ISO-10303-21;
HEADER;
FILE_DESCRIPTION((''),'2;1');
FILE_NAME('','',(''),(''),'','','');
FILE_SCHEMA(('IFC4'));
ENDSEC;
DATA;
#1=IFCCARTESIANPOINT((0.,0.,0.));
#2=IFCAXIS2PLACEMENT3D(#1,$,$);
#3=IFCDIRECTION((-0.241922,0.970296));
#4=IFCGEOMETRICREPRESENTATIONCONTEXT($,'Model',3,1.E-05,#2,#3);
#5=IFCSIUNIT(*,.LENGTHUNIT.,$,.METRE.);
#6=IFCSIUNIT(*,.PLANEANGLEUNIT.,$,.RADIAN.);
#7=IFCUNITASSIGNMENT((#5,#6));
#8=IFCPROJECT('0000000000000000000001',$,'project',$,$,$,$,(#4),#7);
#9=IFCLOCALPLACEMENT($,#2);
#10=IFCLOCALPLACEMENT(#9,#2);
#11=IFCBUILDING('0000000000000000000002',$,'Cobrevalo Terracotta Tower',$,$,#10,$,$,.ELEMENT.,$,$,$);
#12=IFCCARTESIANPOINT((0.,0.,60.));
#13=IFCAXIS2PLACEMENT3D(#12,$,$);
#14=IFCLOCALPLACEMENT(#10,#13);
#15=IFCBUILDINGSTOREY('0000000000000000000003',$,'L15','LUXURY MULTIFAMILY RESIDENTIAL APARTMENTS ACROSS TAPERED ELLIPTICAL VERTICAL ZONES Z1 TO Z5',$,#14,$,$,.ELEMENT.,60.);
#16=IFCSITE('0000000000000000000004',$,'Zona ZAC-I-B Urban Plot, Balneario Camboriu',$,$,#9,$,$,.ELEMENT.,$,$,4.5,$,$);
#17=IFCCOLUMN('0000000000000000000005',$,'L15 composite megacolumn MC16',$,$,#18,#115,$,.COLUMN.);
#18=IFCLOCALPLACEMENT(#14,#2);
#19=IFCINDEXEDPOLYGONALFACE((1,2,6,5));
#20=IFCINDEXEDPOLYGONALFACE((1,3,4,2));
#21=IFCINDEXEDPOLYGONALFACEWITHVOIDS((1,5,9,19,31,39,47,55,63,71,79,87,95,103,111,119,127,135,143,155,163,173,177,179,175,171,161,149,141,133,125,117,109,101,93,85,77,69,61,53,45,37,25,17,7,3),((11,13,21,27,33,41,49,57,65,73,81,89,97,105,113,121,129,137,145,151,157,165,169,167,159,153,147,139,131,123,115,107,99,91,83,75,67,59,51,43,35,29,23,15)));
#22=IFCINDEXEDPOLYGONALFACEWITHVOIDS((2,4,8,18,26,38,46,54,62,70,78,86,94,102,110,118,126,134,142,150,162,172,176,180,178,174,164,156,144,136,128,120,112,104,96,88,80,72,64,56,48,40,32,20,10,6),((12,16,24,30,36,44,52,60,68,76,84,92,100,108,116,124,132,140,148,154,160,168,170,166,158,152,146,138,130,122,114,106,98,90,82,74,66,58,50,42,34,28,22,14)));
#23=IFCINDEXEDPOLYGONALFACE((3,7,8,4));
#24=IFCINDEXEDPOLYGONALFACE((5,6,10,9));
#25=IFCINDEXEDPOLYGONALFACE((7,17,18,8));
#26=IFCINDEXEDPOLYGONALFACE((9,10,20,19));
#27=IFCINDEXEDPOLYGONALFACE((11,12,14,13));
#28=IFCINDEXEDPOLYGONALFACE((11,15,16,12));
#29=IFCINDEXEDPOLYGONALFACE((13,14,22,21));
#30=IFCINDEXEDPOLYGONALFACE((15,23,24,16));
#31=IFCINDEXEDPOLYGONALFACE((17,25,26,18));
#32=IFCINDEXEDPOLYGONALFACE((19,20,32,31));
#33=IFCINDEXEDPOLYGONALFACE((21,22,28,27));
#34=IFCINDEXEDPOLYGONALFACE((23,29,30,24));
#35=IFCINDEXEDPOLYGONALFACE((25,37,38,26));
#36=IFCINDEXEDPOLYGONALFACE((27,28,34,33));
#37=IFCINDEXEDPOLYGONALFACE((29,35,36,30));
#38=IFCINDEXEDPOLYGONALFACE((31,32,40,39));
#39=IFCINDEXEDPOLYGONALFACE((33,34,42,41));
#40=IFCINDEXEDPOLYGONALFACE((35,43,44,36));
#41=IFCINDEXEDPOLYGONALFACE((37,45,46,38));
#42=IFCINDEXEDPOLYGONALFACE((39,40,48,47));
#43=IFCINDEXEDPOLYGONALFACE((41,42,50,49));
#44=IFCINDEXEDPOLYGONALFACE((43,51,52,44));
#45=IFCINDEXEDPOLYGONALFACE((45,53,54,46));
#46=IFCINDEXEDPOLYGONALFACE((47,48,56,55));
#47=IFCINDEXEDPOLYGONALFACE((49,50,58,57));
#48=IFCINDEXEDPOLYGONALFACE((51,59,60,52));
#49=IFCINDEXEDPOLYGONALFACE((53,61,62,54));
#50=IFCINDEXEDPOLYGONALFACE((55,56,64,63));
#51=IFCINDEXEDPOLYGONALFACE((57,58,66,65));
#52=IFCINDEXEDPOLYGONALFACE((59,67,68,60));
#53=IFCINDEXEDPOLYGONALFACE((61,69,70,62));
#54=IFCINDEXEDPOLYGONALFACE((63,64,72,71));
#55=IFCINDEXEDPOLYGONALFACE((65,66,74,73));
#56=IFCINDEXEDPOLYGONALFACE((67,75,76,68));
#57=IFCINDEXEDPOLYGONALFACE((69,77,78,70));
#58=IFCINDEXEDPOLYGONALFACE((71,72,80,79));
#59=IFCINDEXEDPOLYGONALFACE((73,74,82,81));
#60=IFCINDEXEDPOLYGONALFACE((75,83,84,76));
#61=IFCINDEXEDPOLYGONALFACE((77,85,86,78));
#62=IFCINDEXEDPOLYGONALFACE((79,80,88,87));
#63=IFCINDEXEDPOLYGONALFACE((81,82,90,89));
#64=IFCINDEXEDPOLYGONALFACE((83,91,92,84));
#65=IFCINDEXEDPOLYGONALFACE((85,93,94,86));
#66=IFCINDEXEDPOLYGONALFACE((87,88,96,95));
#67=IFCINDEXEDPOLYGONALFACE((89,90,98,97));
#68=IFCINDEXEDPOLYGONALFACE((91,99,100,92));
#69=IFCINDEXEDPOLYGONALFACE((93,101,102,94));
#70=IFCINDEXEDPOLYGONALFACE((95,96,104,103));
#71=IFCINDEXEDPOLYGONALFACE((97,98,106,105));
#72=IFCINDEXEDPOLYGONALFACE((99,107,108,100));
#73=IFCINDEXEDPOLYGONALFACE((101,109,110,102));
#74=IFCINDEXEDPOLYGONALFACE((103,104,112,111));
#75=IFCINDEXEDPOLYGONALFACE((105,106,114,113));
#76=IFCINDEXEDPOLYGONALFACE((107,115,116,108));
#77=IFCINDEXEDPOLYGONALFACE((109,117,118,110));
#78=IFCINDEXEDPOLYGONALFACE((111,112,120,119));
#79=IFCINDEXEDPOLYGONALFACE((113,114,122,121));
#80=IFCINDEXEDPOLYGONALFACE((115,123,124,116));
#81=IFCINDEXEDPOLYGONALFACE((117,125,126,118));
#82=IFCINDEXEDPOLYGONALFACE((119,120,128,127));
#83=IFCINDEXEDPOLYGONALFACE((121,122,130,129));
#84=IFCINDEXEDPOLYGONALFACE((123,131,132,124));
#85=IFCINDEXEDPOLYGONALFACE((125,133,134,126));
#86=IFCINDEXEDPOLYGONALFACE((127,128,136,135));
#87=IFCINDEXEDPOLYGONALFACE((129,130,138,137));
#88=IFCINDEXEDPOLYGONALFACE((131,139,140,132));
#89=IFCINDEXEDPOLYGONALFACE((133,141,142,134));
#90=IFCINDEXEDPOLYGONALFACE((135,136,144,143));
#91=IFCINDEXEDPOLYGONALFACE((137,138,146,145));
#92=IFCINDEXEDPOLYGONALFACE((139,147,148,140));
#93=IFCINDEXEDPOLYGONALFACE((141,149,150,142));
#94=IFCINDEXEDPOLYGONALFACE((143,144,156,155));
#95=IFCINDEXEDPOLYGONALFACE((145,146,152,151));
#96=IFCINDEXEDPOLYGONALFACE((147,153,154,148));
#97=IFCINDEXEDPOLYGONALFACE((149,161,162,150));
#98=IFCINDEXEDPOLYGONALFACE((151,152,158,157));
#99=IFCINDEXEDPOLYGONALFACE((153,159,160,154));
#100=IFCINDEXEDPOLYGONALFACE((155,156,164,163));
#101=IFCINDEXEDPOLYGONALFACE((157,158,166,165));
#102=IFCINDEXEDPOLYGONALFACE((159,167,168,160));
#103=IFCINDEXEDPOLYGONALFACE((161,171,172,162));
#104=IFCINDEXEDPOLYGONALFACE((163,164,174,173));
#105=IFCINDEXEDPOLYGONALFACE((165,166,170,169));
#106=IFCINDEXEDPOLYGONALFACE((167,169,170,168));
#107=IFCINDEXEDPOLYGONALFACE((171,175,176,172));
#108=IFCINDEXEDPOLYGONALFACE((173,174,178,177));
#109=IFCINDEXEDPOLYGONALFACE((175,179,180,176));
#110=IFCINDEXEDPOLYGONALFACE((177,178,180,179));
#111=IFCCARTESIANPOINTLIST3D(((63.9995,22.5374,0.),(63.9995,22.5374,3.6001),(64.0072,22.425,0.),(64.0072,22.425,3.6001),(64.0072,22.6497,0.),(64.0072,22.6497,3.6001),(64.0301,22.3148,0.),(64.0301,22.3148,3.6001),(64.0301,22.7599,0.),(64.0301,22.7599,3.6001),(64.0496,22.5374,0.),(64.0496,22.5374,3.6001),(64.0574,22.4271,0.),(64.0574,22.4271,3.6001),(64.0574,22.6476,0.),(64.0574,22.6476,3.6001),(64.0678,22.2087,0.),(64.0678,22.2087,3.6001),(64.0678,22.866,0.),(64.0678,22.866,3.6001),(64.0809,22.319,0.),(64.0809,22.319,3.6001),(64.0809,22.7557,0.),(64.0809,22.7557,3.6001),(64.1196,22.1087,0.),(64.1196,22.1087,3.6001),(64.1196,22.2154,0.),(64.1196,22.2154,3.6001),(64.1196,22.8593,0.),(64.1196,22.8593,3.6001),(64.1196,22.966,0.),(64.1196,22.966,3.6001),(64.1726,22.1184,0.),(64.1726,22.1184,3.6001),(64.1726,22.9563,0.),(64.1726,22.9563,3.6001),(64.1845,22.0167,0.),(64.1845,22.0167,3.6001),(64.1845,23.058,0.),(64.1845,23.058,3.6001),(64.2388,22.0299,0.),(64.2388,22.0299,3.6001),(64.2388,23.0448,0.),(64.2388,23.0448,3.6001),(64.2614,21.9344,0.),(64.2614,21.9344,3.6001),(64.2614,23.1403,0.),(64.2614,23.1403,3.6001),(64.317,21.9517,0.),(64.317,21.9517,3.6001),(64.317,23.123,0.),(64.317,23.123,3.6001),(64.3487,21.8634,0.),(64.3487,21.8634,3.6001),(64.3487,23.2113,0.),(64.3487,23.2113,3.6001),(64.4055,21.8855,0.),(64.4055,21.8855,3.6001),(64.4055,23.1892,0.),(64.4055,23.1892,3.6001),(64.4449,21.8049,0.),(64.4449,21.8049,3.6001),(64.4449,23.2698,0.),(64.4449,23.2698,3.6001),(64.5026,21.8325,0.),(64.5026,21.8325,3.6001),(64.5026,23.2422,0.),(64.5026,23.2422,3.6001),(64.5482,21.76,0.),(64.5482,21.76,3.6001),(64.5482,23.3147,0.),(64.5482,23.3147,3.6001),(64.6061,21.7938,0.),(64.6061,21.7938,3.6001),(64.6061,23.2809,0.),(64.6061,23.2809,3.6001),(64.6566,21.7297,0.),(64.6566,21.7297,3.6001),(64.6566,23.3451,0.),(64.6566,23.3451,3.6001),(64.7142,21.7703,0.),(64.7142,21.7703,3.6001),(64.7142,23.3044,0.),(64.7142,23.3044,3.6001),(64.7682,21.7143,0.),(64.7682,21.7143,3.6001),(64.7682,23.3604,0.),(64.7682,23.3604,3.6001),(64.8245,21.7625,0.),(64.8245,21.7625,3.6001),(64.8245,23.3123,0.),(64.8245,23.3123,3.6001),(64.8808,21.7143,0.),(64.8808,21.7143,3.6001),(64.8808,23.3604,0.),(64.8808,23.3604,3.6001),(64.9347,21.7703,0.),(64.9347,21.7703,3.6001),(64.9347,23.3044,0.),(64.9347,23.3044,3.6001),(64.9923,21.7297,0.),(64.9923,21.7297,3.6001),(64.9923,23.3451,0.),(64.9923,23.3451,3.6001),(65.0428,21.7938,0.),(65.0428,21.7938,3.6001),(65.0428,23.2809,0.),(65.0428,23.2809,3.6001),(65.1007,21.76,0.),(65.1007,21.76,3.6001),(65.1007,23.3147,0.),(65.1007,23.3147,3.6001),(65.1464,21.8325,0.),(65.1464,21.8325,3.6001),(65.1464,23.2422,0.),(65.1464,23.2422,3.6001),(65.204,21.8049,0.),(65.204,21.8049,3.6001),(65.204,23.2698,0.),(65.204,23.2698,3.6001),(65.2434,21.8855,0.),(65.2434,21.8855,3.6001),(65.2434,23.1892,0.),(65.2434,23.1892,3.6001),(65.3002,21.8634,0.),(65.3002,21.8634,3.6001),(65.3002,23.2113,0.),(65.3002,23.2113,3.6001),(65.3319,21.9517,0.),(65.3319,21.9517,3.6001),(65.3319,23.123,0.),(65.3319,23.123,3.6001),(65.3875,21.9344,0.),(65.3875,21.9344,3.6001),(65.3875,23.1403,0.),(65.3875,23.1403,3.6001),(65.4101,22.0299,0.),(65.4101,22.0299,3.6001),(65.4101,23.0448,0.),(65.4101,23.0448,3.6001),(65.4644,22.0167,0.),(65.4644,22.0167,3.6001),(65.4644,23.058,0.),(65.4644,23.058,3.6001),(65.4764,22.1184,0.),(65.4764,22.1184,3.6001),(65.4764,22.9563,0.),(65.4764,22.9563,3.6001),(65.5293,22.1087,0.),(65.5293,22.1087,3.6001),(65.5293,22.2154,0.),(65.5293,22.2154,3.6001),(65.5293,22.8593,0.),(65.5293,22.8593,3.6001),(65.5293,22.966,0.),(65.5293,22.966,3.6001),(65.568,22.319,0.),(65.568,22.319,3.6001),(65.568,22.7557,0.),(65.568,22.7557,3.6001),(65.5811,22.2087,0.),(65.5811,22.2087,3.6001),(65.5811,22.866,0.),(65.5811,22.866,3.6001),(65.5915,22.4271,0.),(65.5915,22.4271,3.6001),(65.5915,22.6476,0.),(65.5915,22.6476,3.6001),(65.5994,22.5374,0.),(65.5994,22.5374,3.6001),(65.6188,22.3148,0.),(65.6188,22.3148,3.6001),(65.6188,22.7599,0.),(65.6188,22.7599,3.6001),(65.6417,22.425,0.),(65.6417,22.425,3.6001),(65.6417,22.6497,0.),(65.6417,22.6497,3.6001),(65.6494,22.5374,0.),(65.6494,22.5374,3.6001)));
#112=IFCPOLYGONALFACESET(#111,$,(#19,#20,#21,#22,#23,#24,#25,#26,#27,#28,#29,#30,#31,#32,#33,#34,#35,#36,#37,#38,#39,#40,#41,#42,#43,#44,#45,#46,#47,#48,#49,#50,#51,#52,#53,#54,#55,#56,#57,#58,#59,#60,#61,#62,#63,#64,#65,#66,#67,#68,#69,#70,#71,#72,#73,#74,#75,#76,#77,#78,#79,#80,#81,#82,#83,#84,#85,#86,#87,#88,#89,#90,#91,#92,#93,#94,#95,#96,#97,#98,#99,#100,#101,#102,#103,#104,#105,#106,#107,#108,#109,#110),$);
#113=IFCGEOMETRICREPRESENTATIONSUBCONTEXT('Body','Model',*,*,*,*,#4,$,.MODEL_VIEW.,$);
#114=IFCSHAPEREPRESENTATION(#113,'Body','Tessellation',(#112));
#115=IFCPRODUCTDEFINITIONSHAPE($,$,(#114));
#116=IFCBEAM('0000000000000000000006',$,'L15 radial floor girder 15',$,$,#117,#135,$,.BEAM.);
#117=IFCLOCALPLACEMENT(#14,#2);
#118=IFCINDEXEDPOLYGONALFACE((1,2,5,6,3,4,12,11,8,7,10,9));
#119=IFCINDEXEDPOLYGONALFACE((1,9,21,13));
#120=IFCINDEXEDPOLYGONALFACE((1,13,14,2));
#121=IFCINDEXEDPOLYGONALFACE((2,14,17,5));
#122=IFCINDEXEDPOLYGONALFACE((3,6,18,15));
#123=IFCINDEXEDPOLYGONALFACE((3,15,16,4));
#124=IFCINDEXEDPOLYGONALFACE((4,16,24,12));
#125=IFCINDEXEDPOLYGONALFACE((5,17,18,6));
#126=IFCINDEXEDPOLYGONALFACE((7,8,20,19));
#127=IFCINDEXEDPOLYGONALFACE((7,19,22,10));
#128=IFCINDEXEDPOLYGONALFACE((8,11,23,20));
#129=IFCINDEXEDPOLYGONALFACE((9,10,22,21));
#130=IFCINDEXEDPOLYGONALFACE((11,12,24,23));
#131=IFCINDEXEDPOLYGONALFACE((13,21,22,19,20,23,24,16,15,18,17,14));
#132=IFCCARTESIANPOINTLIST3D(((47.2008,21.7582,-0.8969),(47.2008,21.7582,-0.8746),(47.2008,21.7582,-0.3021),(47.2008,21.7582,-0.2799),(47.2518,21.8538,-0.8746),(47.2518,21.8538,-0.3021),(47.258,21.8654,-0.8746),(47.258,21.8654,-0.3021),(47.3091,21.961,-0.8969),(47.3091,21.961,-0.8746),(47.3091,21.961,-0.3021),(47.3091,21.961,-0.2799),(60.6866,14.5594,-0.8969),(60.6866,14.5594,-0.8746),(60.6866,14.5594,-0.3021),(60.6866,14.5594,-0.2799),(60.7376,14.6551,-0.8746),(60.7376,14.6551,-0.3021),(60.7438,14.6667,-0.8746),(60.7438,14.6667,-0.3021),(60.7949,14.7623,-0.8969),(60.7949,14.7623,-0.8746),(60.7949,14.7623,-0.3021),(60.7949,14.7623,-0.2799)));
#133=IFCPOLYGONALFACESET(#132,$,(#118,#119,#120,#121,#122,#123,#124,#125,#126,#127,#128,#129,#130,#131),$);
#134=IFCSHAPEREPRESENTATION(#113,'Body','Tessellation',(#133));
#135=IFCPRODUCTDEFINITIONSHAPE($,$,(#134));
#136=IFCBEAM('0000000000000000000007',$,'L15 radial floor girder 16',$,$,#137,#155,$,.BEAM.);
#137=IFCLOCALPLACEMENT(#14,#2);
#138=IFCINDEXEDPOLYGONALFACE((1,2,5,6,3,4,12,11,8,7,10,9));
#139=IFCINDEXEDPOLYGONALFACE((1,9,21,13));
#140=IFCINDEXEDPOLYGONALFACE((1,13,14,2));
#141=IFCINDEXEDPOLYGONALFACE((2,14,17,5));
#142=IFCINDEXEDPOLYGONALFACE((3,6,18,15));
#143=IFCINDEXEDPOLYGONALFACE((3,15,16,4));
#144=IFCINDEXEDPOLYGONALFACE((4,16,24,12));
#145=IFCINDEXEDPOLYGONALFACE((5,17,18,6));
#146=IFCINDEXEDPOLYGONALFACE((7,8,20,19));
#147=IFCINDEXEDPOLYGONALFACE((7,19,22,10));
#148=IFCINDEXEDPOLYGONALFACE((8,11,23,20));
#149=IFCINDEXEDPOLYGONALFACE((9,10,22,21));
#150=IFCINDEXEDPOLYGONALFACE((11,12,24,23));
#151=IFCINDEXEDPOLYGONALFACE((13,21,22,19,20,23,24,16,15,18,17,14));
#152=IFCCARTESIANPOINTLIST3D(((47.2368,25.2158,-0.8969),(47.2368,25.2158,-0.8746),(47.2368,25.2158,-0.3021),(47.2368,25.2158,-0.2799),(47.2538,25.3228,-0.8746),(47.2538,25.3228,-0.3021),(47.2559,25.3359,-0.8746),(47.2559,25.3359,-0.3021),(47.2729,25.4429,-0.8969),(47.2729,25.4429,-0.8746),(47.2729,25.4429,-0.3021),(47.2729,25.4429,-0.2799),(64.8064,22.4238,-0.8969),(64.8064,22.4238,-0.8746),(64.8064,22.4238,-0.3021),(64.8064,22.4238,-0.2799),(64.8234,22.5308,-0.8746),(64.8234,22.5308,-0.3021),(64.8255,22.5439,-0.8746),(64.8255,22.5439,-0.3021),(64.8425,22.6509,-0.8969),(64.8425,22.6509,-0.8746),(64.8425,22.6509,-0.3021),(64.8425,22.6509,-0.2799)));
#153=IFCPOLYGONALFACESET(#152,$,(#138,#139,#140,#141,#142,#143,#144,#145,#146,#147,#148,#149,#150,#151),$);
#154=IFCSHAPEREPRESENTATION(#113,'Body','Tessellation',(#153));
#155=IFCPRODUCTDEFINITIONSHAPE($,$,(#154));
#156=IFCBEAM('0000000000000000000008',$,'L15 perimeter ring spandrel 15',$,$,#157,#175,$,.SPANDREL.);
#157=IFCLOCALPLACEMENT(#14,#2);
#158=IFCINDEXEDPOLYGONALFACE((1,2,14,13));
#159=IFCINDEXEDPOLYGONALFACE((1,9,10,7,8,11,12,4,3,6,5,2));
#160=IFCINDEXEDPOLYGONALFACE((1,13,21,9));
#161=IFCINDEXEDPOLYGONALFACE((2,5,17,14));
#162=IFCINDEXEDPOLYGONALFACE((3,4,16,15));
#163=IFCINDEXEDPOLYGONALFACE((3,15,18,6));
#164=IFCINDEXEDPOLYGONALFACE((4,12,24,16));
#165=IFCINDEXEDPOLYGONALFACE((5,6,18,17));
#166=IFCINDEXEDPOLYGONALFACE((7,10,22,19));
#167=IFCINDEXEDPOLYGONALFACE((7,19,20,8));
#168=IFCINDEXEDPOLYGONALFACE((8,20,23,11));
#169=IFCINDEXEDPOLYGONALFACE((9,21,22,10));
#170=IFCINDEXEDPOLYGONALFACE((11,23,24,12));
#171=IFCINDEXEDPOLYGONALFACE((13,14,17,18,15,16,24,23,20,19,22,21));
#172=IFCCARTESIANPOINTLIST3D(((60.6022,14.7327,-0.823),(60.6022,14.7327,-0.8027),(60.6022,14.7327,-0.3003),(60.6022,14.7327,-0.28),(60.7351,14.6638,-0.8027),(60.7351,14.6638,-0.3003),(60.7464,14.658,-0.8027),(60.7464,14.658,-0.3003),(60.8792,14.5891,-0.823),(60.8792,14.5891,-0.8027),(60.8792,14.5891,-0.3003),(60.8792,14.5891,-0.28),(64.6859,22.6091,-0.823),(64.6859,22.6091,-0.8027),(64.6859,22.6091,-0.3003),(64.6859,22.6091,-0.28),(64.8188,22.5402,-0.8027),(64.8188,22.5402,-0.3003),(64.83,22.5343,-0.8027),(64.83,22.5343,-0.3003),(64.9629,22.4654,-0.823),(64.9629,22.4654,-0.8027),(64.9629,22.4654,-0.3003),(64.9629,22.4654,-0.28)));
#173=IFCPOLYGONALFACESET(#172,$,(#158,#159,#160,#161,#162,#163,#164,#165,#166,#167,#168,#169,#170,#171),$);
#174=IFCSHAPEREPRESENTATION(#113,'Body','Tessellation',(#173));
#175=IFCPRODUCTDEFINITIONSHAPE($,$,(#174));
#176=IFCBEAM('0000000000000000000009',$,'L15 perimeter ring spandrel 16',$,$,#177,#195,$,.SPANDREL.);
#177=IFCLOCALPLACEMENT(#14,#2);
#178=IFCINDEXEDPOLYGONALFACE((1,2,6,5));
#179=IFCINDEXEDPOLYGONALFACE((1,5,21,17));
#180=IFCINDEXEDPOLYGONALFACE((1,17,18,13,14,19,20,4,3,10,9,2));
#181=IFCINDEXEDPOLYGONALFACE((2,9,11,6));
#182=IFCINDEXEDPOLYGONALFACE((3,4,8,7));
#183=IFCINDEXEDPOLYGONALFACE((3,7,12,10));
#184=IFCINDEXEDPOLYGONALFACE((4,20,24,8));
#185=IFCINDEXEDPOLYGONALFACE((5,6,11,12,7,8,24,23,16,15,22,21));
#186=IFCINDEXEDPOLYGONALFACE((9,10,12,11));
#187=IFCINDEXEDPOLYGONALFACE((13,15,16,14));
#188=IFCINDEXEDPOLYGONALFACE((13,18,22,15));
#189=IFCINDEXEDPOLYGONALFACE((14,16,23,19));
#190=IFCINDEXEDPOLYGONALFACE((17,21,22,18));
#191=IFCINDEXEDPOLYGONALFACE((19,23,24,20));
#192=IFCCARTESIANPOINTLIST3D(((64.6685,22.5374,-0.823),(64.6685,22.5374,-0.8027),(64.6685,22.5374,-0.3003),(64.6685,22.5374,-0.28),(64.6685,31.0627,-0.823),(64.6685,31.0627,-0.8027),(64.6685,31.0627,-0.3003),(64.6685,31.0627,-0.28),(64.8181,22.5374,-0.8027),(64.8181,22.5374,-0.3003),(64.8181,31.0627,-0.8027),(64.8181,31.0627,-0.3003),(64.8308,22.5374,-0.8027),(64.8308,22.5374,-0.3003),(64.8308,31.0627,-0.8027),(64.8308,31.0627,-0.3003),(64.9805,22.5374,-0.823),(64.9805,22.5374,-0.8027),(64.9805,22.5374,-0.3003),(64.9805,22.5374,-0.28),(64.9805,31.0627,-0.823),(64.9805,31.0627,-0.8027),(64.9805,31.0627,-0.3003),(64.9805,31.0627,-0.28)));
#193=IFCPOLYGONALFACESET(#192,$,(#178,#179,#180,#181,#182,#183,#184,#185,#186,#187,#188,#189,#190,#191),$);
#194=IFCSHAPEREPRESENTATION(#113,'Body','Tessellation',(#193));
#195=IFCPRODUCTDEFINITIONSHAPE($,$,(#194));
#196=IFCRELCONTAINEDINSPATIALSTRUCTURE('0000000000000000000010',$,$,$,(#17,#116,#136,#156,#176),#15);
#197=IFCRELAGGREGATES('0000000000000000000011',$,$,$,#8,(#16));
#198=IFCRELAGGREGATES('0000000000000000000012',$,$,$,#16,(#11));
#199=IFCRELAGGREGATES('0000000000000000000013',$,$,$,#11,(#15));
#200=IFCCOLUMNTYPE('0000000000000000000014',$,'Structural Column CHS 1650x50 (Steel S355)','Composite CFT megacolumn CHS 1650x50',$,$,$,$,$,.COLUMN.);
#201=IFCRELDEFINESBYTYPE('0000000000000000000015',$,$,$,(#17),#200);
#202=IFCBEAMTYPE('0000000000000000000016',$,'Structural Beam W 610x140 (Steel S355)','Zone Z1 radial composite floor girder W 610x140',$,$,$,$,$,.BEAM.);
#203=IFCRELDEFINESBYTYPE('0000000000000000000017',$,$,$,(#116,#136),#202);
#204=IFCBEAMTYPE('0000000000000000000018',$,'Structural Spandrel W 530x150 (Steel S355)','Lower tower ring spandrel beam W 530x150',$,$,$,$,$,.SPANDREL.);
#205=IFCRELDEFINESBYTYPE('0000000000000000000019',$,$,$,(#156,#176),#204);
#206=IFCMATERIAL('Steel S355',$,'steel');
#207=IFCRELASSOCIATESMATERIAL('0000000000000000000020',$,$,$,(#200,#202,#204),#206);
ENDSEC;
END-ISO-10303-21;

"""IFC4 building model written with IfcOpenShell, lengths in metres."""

from ifc_helpers import new_model, si_unit, direction, frame, origin, origin_2d, place, context, subcontext, project, spatial, hollow_circle, i_section, extrude, material, material_profile, profile_set, type_object, element, save


model = new_model("IFC4")

# Units and contexts
model_context = context("Model", 3, precision=1e-05, world=origin(), true_north=direction((-0.241922, 0.970296)))
body_context = subcontext(model_context, "Body", "Model", "MODEL_VIEW")
ifc_project = project(units=[si_unit("LENGTHUNIT", "METRE"), si_unit("PLANEANGLEUNIT", "RADIAN")], contexts=[model_context])

# Site, building, storey
site_placement = place(None, origin())
site = spatial("IfcSite", under=ifc_project, at=site_placement, Name="Zona ZAC-I-B Urban Plot, Balneario Camboriu", CompositionType="ELEMENT", RefElevation=4.5)
building_placement = place(site_placement, origin())
building = spatial("IfcBuilding", under=site, at=building_placement, Name="Cobrevalo Terracotta Tower", CompositionType="ELEMENT")
storey_placement = place(building_placement, frame((0.0, 0.0, 60.0)))
storey = spatial("IfcBuildingStorey", under=building, at=storey_placement, Name="L15", Description="LUXURY MULTIFAMILY RESIDENTIAL APARTMENTS ACROSS TAPERED ELLIPTICAL VERTICAL ZONES Z1 TO Z5", CompositionType="ELEMENT", Elevation=60.0)

# Column
ifc_material_1 = material(Name="Steel S355", Category="steel")
ifc_material_profile_1 = material_profile(ifc_material_1, hollow_circle(Radius=0.825, WallThickness=0.05, at=origin_2d()), Name="CHS 1650x50")
ifc_profile_set_1 = profile_set([ifc_material_profile_1], Name="Steel S355")
column_type = type_object("IfcColumnType", Name="Structural Column CHS 1650x50 (Steel S355)", Description="Composite CFT megacolumn CHS 1650x50", PredefinedType="COLUMN", material=ifc_profile_set_1)
for number, where, z_axis, x_axis, name in (
    (1, (64.8245, 22.5374, 0.0), (0.0, 0.0, 1.0), (1.0, 0.0, 0.0), "L15 composite megacolumn MC16"),
):
    element("IfcColumn", number, at=place(storey_placement, frame(where, z_axis=z_axis, x_axis=x_axis)), inside=storey, type_object=column_type, Name=name, PredefinedType="COLUMN", context=body_context, shape_type="SweptSolid", body=[
        extrude(hollow_circle(Radius=0.825, WallThickness=0.05, at=origin_2d()), origin(), (0.0, 0.0, 1.0), 3.6001),
    ])

# Beams
ifc_material_profile_2 = material_profile(ifc_material_1, i_section(OverallWidth=0.23, OverallDepth=0.6169, WebThickness=0.0132, FlangeThickness=0.0222, at=origin_2d()), Name="W 610x140")
ifc_profile_set_2 = profile_set([ifc_material_profile_2], Name="Steel S355")
beam_type_1 = type_object("IfcBeamType", Name="Structural Beam W 610x140 (Steel S355)", Description="Zone Z1 radial composite floor girder W 610x140", PredefinedType="BEAM", material=ifc_profile_set_2)
beam_1_placement = place(storey_placement, frame((60.7407, 14.6609, -0.5884), z_axis=(-0.882182, 0.470908, 0.0), x_axis=(-0.470908, -0.882182, 0.0)))
element("IfcBeam", 2, at=beam_1_placement, inside=storey, type_object=beam_type_1, Name="L15 radial floor girder 15", PredefinedType="BEAM", context=body_context, shape_type="SweptSolid", body=[
    extrude(i_section(OverallWidth=0.23, OverallDepth=0.6169, WebThickness=0.0132, FlangeThickness=0.0222, at=origin_2d()), origin(), (0.0, 0.0, 1.0), 15.2869),
])
beam_2_placement = place(storey_placement, frame((64.8245, 22.5374, -0.5884), z_axis=(-0.987608, 0.156941, 0.0), x_axis=(-0.156941, -0.987608, 0.0)))
element("IfcBeam", 3, at=beam_2_placement, inside=storey, type_object=beam_type_1, Name="L15 radial floor girder 16", PredefinedType="BEAM", context=body_context, shape_type="SweptSolid", body=[
    extrude(i_section(OverallWidth=0.23, OverallDepth=0.6169, WebThickness=0.0132, FlangeThickness=0.0222, at=origin_2d()), origin(), (0.0, 0.0, 1.0), 17.79),
])
ifc_material_profile_3 = material_profile(ifc_material_1, i_section(OverallWidth=0.312, OverallDepth=0.543, WebThickness=0.0127, FlangeThickness=0.0203, at=origin_2d()), Name="W 530x150")
ifc_profile_set_3 = profile_set([ifc_material_profile_3], Name="Steel S355")
beam_type_2 = type_object("IfcBeamType", Name="Structural Spandrel W 530x150 (Steel S355)", Description="Lower tower ring spandrel beam W 530x150", PredefinedType="SPANDREL", material=ifc_profile_set_3)
beam_3_placement = place(storey_placement, frame((60.7407, 14.6609, -0.5515), z_axis=(0.460286, 0.887771, 0.0), x_axis=(-0.887771, 0.460286, 0.0)))
element("IfcBeam", 4, at=beam_3_placement, inside=storey, type_object=beam_type_2, Name="L15 perimeter ring spandrel 15", PredefinedType="SPANDREL", context=body_context, shape_type="SweptSolid", body=[
    extrude(i_section(OverallWidth=0.312, OverallDepth=0.543, WebThickness=0.0127, FlangeThickness=0.0203, at=origin_2d()), origin(), (0.0, 0.0, 1.0), 8.8721),
])
beam_4_placement = place(storey_placement, frame((64.8245, 22.5374, -0.5515), z_axis=(0.0, 1.0, 0.0), x_axis=(-1.0, 0.0, 0.0)))
element("IfcBeam", 5, at=beam_4_placement, inside=storey, type_object=beam_type_2, Name="L15 perimeter ring spandrel 16", PredefinedType="SPANDREL", context=body_context, shape_type="SweptSolid", body=[
    extrude(i_section(OverallWidth=0.312, OverallDepth=0.543, WebThickness=0.0127, FlangeThickness=0.0203, at=origin_2d()), origin(), (0.0, 0.0, 1.0), 8.5254),
])

save(model, "model.ifc")
